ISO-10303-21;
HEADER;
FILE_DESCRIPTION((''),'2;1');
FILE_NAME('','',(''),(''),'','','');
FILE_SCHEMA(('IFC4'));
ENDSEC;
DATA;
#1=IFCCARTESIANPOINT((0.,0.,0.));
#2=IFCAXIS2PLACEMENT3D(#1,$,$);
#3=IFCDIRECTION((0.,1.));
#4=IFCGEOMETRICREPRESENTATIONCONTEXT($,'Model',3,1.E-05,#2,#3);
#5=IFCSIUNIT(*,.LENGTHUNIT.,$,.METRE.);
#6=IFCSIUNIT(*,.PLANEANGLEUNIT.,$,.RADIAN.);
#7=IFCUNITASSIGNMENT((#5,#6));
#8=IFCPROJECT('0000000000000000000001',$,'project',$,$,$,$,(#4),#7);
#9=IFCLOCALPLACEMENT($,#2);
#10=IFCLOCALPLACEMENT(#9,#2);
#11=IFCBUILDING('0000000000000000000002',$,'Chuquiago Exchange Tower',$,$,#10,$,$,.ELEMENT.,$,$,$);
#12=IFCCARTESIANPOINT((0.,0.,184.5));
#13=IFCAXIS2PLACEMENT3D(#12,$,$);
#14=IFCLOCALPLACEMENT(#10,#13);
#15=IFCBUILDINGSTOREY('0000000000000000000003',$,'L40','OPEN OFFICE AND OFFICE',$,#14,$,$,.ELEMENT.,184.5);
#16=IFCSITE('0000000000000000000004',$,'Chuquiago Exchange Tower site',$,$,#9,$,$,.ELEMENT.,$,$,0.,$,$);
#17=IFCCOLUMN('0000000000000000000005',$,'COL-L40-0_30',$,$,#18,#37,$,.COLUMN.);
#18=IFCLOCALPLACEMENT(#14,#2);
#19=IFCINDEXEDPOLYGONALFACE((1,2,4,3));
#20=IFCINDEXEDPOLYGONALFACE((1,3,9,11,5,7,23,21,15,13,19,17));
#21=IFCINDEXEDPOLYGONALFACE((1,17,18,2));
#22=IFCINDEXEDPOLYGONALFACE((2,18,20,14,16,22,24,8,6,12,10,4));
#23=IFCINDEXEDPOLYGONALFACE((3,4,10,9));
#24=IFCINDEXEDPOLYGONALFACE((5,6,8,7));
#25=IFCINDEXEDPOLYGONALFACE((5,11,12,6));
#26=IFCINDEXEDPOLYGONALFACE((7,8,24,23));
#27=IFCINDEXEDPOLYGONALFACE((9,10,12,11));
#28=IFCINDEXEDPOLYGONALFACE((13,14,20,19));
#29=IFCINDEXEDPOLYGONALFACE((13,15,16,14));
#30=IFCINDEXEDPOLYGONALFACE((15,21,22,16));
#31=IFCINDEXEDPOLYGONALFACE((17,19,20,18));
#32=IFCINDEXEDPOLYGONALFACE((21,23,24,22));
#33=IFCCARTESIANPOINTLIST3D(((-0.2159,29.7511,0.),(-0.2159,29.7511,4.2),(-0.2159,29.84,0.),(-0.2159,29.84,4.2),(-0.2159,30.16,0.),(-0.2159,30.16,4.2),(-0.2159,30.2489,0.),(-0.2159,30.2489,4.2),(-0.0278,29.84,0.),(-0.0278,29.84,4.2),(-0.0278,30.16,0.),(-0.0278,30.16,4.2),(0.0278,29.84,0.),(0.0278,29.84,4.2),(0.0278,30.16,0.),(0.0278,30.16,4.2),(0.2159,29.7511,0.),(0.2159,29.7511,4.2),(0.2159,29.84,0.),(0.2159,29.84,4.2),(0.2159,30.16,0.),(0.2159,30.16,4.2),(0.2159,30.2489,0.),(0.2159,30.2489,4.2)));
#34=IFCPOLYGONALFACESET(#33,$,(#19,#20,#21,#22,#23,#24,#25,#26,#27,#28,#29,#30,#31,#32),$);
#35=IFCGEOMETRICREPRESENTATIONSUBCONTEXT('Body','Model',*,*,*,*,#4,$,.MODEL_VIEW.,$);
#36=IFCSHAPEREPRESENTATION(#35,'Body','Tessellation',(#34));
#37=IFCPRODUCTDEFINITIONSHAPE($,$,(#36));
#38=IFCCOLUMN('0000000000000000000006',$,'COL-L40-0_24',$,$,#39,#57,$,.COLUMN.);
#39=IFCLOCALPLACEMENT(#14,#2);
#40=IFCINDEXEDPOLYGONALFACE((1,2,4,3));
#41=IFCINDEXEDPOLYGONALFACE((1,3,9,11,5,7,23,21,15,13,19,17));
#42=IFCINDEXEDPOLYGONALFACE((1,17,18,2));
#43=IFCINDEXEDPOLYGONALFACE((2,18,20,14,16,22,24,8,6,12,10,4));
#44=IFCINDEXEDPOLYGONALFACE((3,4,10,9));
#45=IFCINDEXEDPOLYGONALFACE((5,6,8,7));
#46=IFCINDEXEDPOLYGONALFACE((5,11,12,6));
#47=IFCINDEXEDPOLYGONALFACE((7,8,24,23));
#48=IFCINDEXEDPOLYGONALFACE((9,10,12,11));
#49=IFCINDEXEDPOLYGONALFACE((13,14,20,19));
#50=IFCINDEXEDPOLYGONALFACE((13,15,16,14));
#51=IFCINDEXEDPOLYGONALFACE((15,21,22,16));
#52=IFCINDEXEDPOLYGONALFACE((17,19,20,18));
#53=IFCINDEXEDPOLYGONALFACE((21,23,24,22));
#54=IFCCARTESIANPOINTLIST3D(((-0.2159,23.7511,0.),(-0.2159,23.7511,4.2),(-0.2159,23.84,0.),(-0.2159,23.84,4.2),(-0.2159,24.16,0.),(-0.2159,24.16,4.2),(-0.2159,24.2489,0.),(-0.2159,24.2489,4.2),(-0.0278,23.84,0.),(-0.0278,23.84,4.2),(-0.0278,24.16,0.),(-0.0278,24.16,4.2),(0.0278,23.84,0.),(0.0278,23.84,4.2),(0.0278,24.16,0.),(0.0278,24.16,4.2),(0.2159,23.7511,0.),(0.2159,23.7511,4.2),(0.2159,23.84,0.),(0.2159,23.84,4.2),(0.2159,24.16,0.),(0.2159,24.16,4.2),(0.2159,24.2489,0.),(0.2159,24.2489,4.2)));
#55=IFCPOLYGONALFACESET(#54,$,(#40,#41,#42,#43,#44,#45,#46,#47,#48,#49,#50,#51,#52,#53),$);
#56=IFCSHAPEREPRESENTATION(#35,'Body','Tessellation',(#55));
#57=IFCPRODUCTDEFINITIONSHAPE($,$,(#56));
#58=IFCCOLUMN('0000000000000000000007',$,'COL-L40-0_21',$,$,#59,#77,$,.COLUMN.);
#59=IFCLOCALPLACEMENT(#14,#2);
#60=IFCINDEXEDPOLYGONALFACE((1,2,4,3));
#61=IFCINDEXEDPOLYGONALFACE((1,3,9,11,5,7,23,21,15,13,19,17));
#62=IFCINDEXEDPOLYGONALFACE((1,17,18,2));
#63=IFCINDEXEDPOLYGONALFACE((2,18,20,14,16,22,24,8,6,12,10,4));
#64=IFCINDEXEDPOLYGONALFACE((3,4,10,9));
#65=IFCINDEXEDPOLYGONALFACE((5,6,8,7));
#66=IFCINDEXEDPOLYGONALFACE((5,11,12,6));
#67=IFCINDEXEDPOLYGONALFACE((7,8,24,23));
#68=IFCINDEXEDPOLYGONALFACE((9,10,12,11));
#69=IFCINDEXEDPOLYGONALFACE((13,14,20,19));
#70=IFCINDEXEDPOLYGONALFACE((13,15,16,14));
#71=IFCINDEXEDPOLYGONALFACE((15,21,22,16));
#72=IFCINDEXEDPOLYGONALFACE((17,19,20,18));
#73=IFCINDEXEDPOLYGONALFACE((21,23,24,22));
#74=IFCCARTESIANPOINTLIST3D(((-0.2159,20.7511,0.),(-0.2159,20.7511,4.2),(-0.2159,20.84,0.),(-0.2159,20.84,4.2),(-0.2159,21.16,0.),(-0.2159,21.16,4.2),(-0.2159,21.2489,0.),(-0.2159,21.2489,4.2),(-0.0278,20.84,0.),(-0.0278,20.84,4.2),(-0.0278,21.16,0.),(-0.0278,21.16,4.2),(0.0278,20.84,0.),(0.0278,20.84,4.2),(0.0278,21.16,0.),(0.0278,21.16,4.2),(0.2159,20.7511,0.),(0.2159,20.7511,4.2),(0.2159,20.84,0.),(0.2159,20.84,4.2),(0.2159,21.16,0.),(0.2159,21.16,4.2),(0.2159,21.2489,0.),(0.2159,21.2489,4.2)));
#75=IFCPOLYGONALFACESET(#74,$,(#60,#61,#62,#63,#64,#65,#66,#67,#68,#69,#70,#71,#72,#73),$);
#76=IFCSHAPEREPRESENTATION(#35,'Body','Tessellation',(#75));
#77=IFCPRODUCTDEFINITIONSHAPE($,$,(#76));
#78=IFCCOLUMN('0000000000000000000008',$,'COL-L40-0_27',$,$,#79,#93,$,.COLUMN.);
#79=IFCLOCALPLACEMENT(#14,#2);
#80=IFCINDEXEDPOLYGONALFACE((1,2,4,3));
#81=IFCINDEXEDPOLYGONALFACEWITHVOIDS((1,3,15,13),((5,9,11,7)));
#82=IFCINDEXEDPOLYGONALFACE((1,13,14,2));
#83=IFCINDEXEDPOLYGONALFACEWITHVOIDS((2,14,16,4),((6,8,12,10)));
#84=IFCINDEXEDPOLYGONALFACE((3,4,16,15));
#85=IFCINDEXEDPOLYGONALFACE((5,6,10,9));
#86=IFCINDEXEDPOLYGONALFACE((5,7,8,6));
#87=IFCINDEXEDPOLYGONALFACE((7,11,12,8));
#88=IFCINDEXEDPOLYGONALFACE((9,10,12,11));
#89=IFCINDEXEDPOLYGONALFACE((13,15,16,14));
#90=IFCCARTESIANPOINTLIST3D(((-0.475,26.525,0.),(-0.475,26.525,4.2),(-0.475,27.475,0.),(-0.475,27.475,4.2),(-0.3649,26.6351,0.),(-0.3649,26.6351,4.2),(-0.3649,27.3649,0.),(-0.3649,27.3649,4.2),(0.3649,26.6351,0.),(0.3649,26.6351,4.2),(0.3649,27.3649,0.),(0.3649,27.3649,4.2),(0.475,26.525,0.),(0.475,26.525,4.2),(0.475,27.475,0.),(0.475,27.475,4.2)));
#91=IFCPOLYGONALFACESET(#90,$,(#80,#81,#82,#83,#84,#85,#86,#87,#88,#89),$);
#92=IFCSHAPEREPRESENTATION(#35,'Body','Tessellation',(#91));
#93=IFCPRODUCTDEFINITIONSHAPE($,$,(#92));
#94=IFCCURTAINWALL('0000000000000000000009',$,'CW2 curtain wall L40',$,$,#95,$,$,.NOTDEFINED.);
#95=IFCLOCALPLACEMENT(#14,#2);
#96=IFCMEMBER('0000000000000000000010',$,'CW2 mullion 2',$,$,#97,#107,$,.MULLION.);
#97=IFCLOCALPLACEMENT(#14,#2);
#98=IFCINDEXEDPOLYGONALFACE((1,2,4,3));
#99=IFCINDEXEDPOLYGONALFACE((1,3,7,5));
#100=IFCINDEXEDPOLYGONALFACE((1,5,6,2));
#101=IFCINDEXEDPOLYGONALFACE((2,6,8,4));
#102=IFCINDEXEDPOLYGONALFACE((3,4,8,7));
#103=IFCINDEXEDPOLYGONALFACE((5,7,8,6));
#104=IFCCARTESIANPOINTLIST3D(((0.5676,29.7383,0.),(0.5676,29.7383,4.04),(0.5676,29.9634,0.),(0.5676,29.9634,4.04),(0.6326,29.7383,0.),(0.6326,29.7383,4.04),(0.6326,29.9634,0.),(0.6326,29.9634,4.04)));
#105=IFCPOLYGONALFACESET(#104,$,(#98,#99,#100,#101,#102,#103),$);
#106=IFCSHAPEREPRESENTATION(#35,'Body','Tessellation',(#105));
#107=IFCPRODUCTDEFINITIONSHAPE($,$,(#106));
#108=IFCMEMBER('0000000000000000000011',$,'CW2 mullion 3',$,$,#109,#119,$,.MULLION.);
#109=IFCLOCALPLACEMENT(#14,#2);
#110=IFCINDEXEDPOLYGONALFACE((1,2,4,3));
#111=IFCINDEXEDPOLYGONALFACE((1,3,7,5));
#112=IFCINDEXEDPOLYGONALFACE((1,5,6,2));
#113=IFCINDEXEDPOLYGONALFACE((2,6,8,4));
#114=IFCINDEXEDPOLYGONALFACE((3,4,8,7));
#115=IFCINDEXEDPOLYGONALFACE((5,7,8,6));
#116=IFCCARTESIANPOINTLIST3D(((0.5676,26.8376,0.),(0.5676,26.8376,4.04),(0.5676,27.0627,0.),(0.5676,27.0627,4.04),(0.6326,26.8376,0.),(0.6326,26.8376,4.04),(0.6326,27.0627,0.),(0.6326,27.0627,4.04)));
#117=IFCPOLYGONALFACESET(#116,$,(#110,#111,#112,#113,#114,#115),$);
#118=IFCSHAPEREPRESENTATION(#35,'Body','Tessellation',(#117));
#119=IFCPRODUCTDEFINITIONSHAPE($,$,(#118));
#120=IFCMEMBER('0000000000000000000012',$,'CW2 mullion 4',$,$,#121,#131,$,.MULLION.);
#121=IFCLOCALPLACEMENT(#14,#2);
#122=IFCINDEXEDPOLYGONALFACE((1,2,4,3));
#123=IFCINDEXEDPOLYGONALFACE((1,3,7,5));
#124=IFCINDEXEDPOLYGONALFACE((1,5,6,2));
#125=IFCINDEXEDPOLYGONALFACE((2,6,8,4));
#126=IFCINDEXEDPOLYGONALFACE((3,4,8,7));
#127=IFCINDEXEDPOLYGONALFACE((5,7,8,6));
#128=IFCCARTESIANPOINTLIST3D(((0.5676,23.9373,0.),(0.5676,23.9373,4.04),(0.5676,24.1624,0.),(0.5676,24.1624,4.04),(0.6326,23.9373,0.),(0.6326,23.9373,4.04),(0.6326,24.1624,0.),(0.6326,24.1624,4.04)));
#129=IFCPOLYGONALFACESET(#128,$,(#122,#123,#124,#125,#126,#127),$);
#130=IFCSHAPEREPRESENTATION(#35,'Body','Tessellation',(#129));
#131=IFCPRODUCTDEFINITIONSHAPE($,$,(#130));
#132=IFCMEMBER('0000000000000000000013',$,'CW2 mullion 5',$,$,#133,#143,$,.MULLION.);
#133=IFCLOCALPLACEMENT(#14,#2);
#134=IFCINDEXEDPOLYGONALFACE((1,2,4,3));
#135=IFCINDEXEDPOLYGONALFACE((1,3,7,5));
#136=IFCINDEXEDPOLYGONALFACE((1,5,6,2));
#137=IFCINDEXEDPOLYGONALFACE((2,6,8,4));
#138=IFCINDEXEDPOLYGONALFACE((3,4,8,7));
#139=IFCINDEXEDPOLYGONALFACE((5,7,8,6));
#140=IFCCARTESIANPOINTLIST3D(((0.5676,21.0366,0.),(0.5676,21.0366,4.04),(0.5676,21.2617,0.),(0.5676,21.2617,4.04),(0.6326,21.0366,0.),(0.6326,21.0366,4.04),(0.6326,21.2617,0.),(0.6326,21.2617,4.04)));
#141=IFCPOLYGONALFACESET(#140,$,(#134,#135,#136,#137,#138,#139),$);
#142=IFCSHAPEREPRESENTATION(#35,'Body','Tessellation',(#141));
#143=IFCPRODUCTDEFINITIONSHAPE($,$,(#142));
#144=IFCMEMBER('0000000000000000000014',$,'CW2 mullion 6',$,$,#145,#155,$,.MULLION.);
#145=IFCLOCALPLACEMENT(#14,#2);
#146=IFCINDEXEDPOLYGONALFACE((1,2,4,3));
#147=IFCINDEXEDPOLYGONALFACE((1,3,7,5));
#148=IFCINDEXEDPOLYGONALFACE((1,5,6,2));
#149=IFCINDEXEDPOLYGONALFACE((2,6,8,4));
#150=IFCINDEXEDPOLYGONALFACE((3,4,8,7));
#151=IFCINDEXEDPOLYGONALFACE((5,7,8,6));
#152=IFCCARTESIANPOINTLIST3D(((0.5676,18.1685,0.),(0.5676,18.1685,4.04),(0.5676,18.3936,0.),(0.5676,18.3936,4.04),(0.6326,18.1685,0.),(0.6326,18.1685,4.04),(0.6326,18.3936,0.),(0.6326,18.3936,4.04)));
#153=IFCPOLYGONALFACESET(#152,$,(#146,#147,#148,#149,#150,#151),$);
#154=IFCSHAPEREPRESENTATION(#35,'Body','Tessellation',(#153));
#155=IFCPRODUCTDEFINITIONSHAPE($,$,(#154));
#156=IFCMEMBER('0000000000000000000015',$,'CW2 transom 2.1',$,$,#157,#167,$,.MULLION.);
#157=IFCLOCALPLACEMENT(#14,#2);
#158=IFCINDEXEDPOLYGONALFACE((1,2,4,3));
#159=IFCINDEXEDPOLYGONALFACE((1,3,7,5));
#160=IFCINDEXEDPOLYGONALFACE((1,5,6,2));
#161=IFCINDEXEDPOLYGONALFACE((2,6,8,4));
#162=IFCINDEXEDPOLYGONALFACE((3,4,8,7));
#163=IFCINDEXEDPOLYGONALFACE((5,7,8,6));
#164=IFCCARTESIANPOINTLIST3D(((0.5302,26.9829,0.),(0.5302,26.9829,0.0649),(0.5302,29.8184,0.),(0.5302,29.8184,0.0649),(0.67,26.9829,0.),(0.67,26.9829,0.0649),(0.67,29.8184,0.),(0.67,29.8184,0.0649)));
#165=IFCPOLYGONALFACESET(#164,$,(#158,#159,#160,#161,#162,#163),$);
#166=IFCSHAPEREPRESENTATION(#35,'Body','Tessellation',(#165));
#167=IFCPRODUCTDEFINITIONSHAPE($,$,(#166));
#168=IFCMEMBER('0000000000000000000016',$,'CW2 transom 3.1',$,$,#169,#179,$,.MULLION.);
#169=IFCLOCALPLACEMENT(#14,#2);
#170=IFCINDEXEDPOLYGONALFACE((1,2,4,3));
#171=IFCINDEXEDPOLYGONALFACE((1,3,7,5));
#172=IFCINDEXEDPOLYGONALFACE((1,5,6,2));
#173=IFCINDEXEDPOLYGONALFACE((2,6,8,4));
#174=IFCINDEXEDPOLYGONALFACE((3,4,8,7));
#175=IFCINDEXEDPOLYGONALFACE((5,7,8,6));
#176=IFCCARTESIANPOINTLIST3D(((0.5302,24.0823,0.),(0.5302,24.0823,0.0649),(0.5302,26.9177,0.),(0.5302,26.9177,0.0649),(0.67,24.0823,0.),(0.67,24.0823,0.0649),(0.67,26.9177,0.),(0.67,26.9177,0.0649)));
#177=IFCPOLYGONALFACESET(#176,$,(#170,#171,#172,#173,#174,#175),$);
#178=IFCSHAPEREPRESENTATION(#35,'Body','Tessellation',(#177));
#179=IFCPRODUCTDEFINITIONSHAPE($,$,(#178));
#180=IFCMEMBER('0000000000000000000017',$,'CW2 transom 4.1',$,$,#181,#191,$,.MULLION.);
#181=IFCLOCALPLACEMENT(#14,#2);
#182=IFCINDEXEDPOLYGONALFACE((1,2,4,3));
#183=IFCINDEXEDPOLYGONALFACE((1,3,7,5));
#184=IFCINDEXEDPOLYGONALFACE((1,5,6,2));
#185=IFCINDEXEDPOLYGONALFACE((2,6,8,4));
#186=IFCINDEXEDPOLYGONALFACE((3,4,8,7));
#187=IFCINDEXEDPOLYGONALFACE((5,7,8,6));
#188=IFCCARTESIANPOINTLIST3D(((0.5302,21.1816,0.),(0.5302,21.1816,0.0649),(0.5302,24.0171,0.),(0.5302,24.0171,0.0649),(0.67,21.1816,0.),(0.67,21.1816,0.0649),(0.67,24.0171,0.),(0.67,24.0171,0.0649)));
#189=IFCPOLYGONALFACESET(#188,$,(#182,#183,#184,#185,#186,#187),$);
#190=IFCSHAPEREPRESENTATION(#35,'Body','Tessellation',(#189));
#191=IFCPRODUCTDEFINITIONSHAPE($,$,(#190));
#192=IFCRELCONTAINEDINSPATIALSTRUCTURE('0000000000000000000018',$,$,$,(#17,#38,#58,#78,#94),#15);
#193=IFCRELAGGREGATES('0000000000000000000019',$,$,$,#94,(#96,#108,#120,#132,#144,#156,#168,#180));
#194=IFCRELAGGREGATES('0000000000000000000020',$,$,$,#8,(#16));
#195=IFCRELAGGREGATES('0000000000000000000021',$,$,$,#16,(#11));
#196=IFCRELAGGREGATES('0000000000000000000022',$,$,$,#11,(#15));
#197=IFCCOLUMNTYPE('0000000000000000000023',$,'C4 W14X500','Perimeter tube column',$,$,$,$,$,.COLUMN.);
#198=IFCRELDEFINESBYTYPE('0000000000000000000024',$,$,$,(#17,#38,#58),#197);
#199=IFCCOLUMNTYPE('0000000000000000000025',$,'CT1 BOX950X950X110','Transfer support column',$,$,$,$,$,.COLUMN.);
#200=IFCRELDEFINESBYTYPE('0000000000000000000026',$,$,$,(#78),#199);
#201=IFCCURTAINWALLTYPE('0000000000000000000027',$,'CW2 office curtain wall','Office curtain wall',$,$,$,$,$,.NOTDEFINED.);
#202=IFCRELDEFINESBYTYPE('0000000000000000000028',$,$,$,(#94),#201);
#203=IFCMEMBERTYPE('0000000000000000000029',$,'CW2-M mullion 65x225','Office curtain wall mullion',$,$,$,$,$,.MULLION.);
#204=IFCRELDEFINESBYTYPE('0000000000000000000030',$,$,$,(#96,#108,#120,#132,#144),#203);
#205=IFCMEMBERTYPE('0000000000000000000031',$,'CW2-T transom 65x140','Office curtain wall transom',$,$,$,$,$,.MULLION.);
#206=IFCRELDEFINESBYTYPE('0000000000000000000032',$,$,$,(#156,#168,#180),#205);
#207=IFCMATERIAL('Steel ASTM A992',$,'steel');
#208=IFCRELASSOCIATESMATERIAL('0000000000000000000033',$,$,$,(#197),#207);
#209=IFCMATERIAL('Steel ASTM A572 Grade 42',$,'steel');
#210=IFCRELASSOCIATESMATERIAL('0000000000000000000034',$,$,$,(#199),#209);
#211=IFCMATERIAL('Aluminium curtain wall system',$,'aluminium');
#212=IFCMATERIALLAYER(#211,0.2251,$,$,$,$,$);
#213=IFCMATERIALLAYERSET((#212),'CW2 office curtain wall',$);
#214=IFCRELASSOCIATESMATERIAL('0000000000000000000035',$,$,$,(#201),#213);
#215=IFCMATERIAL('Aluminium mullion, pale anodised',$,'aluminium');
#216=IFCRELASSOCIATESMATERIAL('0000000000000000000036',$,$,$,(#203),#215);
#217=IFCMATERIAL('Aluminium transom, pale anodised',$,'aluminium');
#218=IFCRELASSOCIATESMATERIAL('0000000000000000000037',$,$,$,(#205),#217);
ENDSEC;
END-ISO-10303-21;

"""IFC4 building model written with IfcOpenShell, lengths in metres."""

from ifc_helpers import new_model, si_unit, direction, frame, origin, origin_2d, place, context, subcontext, project, spatial, rectangle, hollow_rectangle, i_section, extrude, material, layer, layer_set, material_profile, profile_set, type_object, element, aggregate, save


model = new_model("IFC4")

# Units and contexts
model_context = context("Model", 3, precision=1e-05, world=origin(), true_north=direction((0.0, 1.0)))
body_context = subcontext(model_context, "Body", "Model", "MODEL_VIEW")
ifc_project = project(units=[si_unit("LENGTHUNIT", "METRE"), si_unit("PLANEANGLEUNIT", "RADIAN")], contexts=[model_context])

# Site, building, storey
site_placement = place(None, origin())
site = spatial("IfcSite", under=ifc_project, at=site_placement, Name="Chuquiago Exchange Tower site", CompositionType="ELEMENT", RefElevation=0.0)
building_placement = place(site_placement, origin())
building = spatial("IfcBuilding", under=site, at=building_placement, Name="Chuquiago Exchange Tower", CompositionType="ELEMENT")
storey_placement = place(building_placement, frame((0.0, 0.0, 184.5)))
storey = spatial("IfcBuildingStorey", under=building, at=storey_placement, Name="L40", Description="OPEN OFFICE AND OFFICE", CompositionType="ELEMENT", Elevation=184.5)

# Columns
ifc_material_1 = material(Name="Steel ASTM A992", Category="steel")
ifc_material_profile_1 = material_profile(ifc_material_1, i_section(OverallWidth=0.4319, OverallDepth=0.4978, WebThickness=0.0557, FlangeThickness=0.0889, at=origin_2d()), Name="W14X500")
ifc_profile_set_1 = profile_set([ifc_material_profile_1], Name="Steel ASTM A992")
column_type_1 = type_object("IfcColumnType", Name="C4 W14X500", Description="Perimeter tube column", PredefinedType="COLUMN", material=ifc_profile_set_1)
for number, where, z_axis, x_axis, name in (
    (1, (0.0, 30.0, 0.0), (0.0, 0.0, 1.0), (-1.0, 0.0, 0.0), "COL-L40-0_30"),
    (2, (0.0, 24.0, 0.0), (0.0, 0.0, 1.0), (-1.0, 0.0, 0.0), "COL-L40-0_24"),
    (3, (0.0, 21.0, 0.0), (0.0, 0.0, 1.0), (-1.0, 0.0, 0.0), "COL-L40-0_21"),
):
    element("IfcColumn", number, at=place(storey_placement, frame(where, z_axis=z_axis, x_axis=x_axis)), inside=storey, type_object=column_type_1, Name=name, PredefinedType="COLUMN", context=body_context, shape_type="SweptSolid", body=[
        extrude(i_section(OverallWidth=0.4319, OverallDepth=0.4978, WebThickness=0.0557, FlangeThickness=0.0889, at=origin_2d()), origin(), (0.0, 0.0, 1.0), 4.2),
    ])
ifc_material_2 = material(Name="Steel ASTM A572 Grade 42", Category="steel")
ifc_material_profile_2 = material_profile(ifc_material_2, hollow_rectangle(XDim=0.95, YDim=0.95, WallThickness=0.1101, at=origin_2d()), Name="BOX950X950X110")
ifc_profile_set_2 = profile_set([ifc_material_profile_2], Name="Steel ASTM A572 Grade 42")
column_type_2 = type_object("IfcColumnType", Name="CT1 BOX950X950X110", Description="Transfer support column", PredefinedType="COLUMN", material=ifc_profile_set_2)
column_placement = place(storey_placement, frame((0.0, 27.0, 0.0), z_axis=(0.0, 0.0, 1.0), x_axis=(-1.0, 0.0, 0.0)))
element("IfcColumn", 4, at=column_placement, inside=storey, type_object=column_type_2, Name="COL-L40-0_27", PredefinedType="COLUMN", context=body_context, shape_type="SweptSolid", body=[
    extrude(hollow_rectangle(XDim=0.95, YDim=0.95, WallThickness=0.1101, at=origin_2d()), origin(), (0.0, 0.0, 1.0), 4.2),
])

# Curtain wall, members
ifc_material_3 = material(Name="Aluminium curtain wall system", Category="aluminium")
ifc_layer_1 = layer(ifc_material_3, 0.2251)
ifc_layer_set_1 = layer_set([ifc_layer_1], Name="CW2 office curtain wall")
curtain_wall_type = type_object("IfcCurtainWallType", Name="CW2 office curtain wall", Description="Office curtain wall", PredefinedType="NOTDEFINED", material=ifc_layer_set_1)
curtain_wall_placement = place(storey_placement, origin())
curtain_wall = element("IfcCurtainWall", 5, at=curtain_wall_placement, inside=storey, type_object=curtain_wall_type, Name="CW2 curtain wall L40", PredefinedType="NOTDEFINED")
ifc_material_4 = material(Name="Aluminium mullion, pale anodised", Category="aluminium")
ifc_material_profile_3 = material_profile(ifc_material_4, rectangle(XDim=0.0649, YDim=0.2251, at=origin_2d()), Name="AL 65x225")
ifc_profile_set_3 = profile_set([ifc_material_profile_3], Name="Aluminium mullion, pale anodised")
member_type_1 = type_object("IfcMemberType", Name="CW2-M mullion 65x225", Description="Office curtain wall mullion", PredefinedType="MULLION", material=ifc_profile_set_3)
member_1_placement = place(storey_placement, frame((0.6001, 29.8508, 0.0), z_axis=(0.0, 0.0, 1.0), x_axis=(1.0, 0.0, 0.0)))
member_1 = element("IfcMember", 6, at=member_1_placement, type_object=member_type_1, Name="CW2 mullion 2", PredefinedType="MULLION", context=body_context, shape_type="SweptSolid", body=[
    extrude(rectangle(XDim=0.0649, YDim=0.2251, at=origin_2d()), origin(), (0.0, 0.0, 1.0), 4.04),
])
member_2_placement = place(storey_placement, frame((0.6001, 26.9502, 0.0), z_axis=(0.0, 0.0, 1.0), x_axis=(1.0, 0.0, 0.0)))
member_2 = element("IfcMember", 7, at=member_2_placement, type_object=member_type_1, Name="CW2 mullion 3", PredefinedType="MULLION", context=body_context, shape_type="SweptSolid", body=[
    extrude(rectangle(XDim=0.0649, YDim=0.2251, at=origin_2d()), origin(), (0.0, 0.0, 1.0), 4.04),
])
member_3_placement = place(storey_placement, frame((0.6001, 24.0498, 0.0), z_axis=(0.0, 0.0, 1.0), x_axis=(1.0, 0.0, 0.0)))
member_3 = element("IfcMember", 8, at=member_3_placement, type_object=member_type_1, Name="CW2 mullion 4", PredefinedType="MULLION", context=body_context, shape_type="SweptSolid", body=[
    extrude(rectangle(XDim=0.0649, YDim=0.2251, at=origin_2d()), origin(), (0.0, 0.0, 1.0), 4.04),
])
member_4_placement = place(storey_placement, frame((0.6001, 21.1492, 0.0), z_axis=(0.0, 0.0, 1.0), x_axis=(1.0, 0.0, 0.0)))
member_4 = element("IfcMember", 9, at=member_4_placement, type_object=member_type_1, Name="CW2 mullion 5", PredefinedType="MULLION", context=body_context, shape_type="SweptSolid", body=[
    extrude(rectangle(XDim=0.0649, YDim=0.2251, at=origin_2d()), origin(), (0.0, 0.0, 1.0), 4.04),
])
member_5_placement = place(storey_placement, frame((0.6001, 18.281, 0.0), z_axis=(0.0, 0.0, 1.0), x_axis=(1.0, 0.0, 0.0)))
member_5 = element("IfcMember", 10, at=member_5_placement, type_object=member_type_1, Name="CW2 mullion 6", PredefinedType="MULLION", context=body_context, shape_type="SweptSolid", body=[
    extrude(rectangle(XDim=0.0649, YDim=0.2251, at=origin_2d()), origin(), (0.0, 0.0, 1.0), 4.04),
])
ifc_material_5 = material(Name="Aluminium transom, pale anodised", Category="aluminium")
ifc_material_profile_4 = material_profile(ifc_material_5, rectangle(XDim=0.1399, YDim=0.0649, at=origin_2d()), Name="AL 140x65")
ifc_profile_set_4 = profile_set([ifc_material_profile_4], Name="Aluminium transom, pale anodised")
member_type_2 = type_object("IfcMemberType", Name="CW2-T transom 65x140", Description="Office curtain wall transom", PredefinedType="MULLION", material=ifc_profile_set_4)
member_6_placement = place(storey_placement, frame((0.6001, 29.8184, 0.0325), z_axis=(0.0, -1.0, 0.0), x_axis=(1.0, 0.0, 0.0)))
member_6 = element("IfcMember", 11, at=member_6_placement, type_object=member_type_2, Name="CW2 transom 2.1", PredefinedType="MULLION", context=body_context, shape_type="SweptSolid", body=[
    extrude(rectangle(XDim=0.1399, YDim=0.0649, at=origin_2d()), origin(), (0.0, 0.0, 1.0), 2.8354),
])
member_7_placement = place(storey_placement, frame((0.6001, 26.9177, 0.0325), z_axis=(0.0, -1.0, 0.0), x_axis=(1.0, 0.0, 0.0)))
member_7 = element("IfcMember", 12, at=member_7_placement, type_object=member_type_2, Name="CW2 transom 3.1", PredefinedType="MULLION", context=body_context, shape_type="SweptSolid", body=[
    extrude(rectangle(XDim=0.1399, YDim=0.0649, at=origin_2d()), origin(), (0.0, 0.0, 1.0), 2.8354),
])
member_8_placement = place(storey_placement, frame((0.6001, 24.0171, 0.0325), z_axis=(0.0, -1.0, 0.0), x_axis=(1.0, 0.0, 0.0)))
member_8 = element("IfcMember", 13, at=member_8_placement, type_object=member_type_2, Name="CW2 transom 4.1", PredefinedType="MULLION", context=body_context, shape_type="SweptSolid", body=[
    extrude(rectangle(XDim=0.1399, YDim=0.0649, at=origin_2d()), origin(), (0.0, 0.0, 1.0), 2.8354),
])

aggregate(curtain_wall, [member_1, member_2, member_3, member_4, member_5, member_6, member_7, member_8])

save(model, "model.ifc")
